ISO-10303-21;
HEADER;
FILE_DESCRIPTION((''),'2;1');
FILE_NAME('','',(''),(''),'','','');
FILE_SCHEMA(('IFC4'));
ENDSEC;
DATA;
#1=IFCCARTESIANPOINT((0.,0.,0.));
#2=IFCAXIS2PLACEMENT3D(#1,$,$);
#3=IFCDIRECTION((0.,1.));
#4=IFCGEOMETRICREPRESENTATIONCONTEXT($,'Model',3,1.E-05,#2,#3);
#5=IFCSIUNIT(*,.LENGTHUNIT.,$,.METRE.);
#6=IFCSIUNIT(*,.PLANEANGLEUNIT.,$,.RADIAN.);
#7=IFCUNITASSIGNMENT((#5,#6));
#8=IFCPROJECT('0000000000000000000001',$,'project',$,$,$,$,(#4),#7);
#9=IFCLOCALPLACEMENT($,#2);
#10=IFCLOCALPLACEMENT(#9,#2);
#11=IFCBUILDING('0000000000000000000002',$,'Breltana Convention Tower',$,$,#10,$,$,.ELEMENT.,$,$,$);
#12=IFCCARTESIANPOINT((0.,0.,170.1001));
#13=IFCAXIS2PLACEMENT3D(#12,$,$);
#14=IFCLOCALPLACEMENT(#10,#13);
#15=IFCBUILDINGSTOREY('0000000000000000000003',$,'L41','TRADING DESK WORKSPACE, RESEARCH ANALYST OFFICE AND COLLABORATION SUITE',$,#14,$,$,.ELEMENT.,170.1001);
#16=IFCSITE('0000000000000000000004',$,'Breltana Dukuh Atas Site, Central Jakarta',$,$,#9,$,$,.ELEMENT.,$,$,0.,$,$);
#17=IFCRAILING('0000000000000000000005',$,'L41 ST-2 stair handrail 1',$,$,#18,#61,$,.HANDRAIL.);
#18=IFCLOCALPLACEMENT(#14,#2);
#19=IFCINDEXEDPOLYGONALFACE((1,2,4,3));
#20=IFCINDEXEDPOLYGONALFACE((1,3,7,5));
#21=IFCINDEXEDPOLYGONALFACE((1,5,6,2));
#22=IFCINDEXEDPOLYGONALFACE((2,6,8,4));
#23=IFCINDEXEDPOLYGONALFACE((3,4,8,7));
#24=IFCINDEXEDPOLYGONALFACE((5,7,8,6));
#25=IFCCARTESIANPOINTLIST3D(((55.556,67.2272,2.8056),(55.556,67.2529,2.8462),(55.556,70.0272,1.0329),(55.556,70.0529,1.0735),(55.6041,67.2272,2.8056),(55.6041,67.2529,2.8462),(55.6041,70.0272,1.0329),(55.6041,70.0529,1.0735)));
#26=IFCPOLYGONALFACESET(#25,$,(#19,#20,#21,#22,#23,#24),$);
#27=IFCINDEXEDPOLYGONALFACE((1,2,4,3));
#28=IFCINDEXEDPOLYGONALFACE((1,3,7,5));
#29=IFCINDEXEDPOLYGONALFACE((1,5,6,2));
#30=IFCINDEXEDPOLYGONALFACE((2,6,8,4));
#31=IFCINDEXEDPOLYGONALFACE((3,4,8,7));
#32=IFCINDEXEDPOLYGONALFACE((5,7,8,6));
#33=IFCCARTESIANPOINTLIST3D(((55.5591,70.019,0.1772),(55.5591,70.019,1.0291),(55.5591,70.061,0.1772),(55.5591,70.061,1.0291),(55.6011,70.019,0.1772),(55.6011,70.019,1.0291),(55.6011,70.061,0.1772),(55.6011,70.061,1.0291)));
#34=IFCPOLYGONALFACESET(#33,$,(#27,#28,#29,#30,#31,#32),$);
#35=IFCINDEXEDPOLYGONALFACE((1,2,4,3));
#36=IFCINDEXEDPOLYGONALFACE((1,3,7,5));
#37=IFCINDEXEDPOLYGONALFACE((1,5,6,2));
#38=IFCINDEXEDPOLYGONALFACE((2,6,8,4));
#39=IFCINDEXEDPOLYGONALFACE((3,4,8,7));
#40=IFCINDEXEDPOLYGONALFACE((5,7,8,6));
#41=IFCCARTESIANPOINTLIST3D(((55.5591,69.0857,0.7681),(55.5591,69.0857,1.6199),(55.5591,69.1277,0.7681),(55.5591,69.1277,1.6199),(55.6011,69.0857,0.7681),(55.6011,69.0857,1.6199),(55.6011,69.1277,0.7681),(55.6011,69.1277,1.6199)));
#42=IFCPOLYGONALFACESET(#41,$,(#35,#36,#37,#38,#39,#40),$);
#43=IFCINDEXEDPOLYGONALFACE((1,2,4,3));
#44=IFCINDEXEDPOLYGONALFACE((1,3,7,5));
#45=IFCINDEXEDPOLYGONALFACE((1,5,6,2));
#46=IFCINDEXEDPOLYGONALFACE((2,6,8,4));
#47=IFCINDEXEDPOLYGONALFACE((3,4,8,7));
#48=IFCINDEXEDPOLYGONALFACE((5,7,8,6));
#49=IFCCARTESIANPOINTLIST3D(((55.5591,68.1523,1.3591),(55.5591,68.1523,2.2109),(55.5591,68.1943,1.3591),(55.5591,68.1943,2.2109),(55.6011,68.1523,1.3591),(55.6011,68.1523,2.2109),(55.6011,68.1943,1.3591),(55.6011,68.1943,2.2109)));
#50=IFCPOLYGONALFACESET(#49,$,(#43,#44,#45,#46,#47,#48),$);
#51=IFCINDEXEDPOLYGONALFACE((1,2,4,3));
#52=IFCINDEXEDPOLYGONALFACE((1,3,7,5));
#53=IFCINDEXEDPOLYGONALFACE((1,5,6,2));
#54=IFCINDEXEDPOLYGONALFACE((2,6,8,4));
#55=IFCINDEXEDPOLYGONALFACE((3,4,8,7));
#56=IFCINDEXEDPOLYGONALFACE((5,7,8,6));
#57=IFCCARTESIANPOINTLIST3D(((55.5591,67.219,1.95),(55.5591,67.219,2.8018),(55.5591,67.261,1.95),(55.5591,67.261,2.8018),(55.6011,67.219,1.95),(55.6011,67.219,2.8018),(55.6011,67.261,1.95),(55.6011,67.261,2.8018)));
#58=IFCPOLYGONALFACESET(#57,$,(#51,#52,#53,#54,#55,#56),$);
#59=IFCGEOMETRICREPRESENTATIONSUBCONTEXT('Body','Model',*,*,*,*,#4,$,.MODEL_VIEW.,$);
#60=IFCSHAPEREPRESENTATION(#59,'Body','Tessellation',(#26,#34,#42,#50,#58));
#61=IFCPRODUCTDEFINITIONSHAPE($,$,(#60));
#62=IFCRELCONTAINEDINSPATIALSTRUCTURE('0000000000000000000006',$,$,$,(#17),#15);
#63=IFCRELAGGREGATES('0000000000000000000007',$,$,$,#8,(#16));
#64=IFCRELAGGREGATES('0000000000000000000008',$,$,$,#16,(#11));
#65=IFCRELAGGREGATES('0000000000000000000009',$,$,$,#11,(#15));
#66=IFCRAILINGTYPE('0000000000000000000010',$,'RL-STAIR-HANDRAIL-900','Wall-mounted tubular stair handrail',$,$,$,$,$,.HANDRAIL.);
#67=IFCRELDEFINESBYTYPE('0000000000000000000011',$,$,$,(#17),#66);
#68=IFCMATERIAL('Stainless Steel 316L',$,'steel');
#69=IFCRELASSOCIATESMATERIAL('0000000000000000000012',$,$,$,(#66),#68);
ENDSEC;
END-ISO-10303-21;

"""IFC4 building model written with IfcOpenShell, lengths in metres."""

from ifc_helpers import new_model, si_unit, direction, frame, origin, origin_2d, place, context, subcontext, project, spatial, rectangle, extrude, material, type_object, element, save


model = new_model("IFC4")

# Units and contexts
model_context = context("Model", 3, precision=1e-05, world=origin(), true_north=direction((0.0, 1.0)))
body_context = subcontext(model_context, "Body", "Model", "MODEL_VIEW")
ifc_project = project(units=[si_unit("LENGTHUNIT", "METRE"), si_unit("PLANEANGLEUNIT", "RADIAN")], contexts=[model_context])

# Site, building, storey
site_placement = place(None, origin())
site = spatial("IfcSite", under=ifc_project, at=site_placement, Name="Breltana Dukuh Atas Site, Central Jakarta", CompositionType="ELEMENT", RefElevation=0.0)
building_placement = place(site_placement, origin())
building = spatial("IfcBuilding", under=site, at=building_placement, Name="Breltana Convention Tower", CompositionType="ELEMENT")
storey_placement = place(building_placement, frame((0.0, 0.0, 170.1001)))
storey = spatial("IfcBuildingStorey", under=building, at=storey_placement, Name="L41", Description="TRADING DESK WORKSPACE, RESEARCH ANALYST OFFICE AND COLLABORATION SUITE", CompositionType="ELEMENT", Elevation=170.1001)

# Railing
ifc_material_1 = material(Name="Stainless Steel 316L", Category="steel")
railing_type_1 = type_object("IfcRailingType", Name="RL-STAIR-HANDRAIL-900", Description="Wall-mounted tubular stair handrail", PredefinedType="HANDRAIL", material=ifc_material_1)
railing_1_placement = place(storey_placement, frame((55.5801, 70.04, 0.1772)))
element("IfcRailing", 1, at=railing_1_placement, inside=storey, type_object=railing_type_1, Name="L41 ST-2 stair handrail 1", PredefinedType="HANDRAIL", context=body_context, shape_type="SweptSolid", body=[
    extrude(rectangle(XDim=0.0481, YDim=0.0481, at=origin_2d()), frame((0.0, 0.0, 0.876), z_axis=(0.0, -0.844909, 0.53491), x_axis=(1.0, 0.0, 0.0)), (0.0, 0.0, 1.0), 3.314),
    extrude(rectangle(XDim=0.042, YDim=0.042, at=origin_2d()), origin(), (0.0, 0.0, 1.0), 0.8518),
    extrude(rectangle(XDim=0.042, YDim=0.042, at=origin_2d()), frame((0.0, -0.9333, 0.5908)), (0.0, 0.0, 1.0), 0.8518),
    extrude(rectangle(XDim=0.042, YDim=0.042, at=origin_2d()), frame((0.0, -1.8667, 1.1819)), (0.0, 0.0, 1.0), 0.8518),
    extrude(rectangle(XDim=0.042, YDim=0.042, at=origin_2d()), frame((0.0, -2.8, 1.7727)), (0.0, 0.0, 1.0), 0.8518),
])

save(model, "model.ifc")
